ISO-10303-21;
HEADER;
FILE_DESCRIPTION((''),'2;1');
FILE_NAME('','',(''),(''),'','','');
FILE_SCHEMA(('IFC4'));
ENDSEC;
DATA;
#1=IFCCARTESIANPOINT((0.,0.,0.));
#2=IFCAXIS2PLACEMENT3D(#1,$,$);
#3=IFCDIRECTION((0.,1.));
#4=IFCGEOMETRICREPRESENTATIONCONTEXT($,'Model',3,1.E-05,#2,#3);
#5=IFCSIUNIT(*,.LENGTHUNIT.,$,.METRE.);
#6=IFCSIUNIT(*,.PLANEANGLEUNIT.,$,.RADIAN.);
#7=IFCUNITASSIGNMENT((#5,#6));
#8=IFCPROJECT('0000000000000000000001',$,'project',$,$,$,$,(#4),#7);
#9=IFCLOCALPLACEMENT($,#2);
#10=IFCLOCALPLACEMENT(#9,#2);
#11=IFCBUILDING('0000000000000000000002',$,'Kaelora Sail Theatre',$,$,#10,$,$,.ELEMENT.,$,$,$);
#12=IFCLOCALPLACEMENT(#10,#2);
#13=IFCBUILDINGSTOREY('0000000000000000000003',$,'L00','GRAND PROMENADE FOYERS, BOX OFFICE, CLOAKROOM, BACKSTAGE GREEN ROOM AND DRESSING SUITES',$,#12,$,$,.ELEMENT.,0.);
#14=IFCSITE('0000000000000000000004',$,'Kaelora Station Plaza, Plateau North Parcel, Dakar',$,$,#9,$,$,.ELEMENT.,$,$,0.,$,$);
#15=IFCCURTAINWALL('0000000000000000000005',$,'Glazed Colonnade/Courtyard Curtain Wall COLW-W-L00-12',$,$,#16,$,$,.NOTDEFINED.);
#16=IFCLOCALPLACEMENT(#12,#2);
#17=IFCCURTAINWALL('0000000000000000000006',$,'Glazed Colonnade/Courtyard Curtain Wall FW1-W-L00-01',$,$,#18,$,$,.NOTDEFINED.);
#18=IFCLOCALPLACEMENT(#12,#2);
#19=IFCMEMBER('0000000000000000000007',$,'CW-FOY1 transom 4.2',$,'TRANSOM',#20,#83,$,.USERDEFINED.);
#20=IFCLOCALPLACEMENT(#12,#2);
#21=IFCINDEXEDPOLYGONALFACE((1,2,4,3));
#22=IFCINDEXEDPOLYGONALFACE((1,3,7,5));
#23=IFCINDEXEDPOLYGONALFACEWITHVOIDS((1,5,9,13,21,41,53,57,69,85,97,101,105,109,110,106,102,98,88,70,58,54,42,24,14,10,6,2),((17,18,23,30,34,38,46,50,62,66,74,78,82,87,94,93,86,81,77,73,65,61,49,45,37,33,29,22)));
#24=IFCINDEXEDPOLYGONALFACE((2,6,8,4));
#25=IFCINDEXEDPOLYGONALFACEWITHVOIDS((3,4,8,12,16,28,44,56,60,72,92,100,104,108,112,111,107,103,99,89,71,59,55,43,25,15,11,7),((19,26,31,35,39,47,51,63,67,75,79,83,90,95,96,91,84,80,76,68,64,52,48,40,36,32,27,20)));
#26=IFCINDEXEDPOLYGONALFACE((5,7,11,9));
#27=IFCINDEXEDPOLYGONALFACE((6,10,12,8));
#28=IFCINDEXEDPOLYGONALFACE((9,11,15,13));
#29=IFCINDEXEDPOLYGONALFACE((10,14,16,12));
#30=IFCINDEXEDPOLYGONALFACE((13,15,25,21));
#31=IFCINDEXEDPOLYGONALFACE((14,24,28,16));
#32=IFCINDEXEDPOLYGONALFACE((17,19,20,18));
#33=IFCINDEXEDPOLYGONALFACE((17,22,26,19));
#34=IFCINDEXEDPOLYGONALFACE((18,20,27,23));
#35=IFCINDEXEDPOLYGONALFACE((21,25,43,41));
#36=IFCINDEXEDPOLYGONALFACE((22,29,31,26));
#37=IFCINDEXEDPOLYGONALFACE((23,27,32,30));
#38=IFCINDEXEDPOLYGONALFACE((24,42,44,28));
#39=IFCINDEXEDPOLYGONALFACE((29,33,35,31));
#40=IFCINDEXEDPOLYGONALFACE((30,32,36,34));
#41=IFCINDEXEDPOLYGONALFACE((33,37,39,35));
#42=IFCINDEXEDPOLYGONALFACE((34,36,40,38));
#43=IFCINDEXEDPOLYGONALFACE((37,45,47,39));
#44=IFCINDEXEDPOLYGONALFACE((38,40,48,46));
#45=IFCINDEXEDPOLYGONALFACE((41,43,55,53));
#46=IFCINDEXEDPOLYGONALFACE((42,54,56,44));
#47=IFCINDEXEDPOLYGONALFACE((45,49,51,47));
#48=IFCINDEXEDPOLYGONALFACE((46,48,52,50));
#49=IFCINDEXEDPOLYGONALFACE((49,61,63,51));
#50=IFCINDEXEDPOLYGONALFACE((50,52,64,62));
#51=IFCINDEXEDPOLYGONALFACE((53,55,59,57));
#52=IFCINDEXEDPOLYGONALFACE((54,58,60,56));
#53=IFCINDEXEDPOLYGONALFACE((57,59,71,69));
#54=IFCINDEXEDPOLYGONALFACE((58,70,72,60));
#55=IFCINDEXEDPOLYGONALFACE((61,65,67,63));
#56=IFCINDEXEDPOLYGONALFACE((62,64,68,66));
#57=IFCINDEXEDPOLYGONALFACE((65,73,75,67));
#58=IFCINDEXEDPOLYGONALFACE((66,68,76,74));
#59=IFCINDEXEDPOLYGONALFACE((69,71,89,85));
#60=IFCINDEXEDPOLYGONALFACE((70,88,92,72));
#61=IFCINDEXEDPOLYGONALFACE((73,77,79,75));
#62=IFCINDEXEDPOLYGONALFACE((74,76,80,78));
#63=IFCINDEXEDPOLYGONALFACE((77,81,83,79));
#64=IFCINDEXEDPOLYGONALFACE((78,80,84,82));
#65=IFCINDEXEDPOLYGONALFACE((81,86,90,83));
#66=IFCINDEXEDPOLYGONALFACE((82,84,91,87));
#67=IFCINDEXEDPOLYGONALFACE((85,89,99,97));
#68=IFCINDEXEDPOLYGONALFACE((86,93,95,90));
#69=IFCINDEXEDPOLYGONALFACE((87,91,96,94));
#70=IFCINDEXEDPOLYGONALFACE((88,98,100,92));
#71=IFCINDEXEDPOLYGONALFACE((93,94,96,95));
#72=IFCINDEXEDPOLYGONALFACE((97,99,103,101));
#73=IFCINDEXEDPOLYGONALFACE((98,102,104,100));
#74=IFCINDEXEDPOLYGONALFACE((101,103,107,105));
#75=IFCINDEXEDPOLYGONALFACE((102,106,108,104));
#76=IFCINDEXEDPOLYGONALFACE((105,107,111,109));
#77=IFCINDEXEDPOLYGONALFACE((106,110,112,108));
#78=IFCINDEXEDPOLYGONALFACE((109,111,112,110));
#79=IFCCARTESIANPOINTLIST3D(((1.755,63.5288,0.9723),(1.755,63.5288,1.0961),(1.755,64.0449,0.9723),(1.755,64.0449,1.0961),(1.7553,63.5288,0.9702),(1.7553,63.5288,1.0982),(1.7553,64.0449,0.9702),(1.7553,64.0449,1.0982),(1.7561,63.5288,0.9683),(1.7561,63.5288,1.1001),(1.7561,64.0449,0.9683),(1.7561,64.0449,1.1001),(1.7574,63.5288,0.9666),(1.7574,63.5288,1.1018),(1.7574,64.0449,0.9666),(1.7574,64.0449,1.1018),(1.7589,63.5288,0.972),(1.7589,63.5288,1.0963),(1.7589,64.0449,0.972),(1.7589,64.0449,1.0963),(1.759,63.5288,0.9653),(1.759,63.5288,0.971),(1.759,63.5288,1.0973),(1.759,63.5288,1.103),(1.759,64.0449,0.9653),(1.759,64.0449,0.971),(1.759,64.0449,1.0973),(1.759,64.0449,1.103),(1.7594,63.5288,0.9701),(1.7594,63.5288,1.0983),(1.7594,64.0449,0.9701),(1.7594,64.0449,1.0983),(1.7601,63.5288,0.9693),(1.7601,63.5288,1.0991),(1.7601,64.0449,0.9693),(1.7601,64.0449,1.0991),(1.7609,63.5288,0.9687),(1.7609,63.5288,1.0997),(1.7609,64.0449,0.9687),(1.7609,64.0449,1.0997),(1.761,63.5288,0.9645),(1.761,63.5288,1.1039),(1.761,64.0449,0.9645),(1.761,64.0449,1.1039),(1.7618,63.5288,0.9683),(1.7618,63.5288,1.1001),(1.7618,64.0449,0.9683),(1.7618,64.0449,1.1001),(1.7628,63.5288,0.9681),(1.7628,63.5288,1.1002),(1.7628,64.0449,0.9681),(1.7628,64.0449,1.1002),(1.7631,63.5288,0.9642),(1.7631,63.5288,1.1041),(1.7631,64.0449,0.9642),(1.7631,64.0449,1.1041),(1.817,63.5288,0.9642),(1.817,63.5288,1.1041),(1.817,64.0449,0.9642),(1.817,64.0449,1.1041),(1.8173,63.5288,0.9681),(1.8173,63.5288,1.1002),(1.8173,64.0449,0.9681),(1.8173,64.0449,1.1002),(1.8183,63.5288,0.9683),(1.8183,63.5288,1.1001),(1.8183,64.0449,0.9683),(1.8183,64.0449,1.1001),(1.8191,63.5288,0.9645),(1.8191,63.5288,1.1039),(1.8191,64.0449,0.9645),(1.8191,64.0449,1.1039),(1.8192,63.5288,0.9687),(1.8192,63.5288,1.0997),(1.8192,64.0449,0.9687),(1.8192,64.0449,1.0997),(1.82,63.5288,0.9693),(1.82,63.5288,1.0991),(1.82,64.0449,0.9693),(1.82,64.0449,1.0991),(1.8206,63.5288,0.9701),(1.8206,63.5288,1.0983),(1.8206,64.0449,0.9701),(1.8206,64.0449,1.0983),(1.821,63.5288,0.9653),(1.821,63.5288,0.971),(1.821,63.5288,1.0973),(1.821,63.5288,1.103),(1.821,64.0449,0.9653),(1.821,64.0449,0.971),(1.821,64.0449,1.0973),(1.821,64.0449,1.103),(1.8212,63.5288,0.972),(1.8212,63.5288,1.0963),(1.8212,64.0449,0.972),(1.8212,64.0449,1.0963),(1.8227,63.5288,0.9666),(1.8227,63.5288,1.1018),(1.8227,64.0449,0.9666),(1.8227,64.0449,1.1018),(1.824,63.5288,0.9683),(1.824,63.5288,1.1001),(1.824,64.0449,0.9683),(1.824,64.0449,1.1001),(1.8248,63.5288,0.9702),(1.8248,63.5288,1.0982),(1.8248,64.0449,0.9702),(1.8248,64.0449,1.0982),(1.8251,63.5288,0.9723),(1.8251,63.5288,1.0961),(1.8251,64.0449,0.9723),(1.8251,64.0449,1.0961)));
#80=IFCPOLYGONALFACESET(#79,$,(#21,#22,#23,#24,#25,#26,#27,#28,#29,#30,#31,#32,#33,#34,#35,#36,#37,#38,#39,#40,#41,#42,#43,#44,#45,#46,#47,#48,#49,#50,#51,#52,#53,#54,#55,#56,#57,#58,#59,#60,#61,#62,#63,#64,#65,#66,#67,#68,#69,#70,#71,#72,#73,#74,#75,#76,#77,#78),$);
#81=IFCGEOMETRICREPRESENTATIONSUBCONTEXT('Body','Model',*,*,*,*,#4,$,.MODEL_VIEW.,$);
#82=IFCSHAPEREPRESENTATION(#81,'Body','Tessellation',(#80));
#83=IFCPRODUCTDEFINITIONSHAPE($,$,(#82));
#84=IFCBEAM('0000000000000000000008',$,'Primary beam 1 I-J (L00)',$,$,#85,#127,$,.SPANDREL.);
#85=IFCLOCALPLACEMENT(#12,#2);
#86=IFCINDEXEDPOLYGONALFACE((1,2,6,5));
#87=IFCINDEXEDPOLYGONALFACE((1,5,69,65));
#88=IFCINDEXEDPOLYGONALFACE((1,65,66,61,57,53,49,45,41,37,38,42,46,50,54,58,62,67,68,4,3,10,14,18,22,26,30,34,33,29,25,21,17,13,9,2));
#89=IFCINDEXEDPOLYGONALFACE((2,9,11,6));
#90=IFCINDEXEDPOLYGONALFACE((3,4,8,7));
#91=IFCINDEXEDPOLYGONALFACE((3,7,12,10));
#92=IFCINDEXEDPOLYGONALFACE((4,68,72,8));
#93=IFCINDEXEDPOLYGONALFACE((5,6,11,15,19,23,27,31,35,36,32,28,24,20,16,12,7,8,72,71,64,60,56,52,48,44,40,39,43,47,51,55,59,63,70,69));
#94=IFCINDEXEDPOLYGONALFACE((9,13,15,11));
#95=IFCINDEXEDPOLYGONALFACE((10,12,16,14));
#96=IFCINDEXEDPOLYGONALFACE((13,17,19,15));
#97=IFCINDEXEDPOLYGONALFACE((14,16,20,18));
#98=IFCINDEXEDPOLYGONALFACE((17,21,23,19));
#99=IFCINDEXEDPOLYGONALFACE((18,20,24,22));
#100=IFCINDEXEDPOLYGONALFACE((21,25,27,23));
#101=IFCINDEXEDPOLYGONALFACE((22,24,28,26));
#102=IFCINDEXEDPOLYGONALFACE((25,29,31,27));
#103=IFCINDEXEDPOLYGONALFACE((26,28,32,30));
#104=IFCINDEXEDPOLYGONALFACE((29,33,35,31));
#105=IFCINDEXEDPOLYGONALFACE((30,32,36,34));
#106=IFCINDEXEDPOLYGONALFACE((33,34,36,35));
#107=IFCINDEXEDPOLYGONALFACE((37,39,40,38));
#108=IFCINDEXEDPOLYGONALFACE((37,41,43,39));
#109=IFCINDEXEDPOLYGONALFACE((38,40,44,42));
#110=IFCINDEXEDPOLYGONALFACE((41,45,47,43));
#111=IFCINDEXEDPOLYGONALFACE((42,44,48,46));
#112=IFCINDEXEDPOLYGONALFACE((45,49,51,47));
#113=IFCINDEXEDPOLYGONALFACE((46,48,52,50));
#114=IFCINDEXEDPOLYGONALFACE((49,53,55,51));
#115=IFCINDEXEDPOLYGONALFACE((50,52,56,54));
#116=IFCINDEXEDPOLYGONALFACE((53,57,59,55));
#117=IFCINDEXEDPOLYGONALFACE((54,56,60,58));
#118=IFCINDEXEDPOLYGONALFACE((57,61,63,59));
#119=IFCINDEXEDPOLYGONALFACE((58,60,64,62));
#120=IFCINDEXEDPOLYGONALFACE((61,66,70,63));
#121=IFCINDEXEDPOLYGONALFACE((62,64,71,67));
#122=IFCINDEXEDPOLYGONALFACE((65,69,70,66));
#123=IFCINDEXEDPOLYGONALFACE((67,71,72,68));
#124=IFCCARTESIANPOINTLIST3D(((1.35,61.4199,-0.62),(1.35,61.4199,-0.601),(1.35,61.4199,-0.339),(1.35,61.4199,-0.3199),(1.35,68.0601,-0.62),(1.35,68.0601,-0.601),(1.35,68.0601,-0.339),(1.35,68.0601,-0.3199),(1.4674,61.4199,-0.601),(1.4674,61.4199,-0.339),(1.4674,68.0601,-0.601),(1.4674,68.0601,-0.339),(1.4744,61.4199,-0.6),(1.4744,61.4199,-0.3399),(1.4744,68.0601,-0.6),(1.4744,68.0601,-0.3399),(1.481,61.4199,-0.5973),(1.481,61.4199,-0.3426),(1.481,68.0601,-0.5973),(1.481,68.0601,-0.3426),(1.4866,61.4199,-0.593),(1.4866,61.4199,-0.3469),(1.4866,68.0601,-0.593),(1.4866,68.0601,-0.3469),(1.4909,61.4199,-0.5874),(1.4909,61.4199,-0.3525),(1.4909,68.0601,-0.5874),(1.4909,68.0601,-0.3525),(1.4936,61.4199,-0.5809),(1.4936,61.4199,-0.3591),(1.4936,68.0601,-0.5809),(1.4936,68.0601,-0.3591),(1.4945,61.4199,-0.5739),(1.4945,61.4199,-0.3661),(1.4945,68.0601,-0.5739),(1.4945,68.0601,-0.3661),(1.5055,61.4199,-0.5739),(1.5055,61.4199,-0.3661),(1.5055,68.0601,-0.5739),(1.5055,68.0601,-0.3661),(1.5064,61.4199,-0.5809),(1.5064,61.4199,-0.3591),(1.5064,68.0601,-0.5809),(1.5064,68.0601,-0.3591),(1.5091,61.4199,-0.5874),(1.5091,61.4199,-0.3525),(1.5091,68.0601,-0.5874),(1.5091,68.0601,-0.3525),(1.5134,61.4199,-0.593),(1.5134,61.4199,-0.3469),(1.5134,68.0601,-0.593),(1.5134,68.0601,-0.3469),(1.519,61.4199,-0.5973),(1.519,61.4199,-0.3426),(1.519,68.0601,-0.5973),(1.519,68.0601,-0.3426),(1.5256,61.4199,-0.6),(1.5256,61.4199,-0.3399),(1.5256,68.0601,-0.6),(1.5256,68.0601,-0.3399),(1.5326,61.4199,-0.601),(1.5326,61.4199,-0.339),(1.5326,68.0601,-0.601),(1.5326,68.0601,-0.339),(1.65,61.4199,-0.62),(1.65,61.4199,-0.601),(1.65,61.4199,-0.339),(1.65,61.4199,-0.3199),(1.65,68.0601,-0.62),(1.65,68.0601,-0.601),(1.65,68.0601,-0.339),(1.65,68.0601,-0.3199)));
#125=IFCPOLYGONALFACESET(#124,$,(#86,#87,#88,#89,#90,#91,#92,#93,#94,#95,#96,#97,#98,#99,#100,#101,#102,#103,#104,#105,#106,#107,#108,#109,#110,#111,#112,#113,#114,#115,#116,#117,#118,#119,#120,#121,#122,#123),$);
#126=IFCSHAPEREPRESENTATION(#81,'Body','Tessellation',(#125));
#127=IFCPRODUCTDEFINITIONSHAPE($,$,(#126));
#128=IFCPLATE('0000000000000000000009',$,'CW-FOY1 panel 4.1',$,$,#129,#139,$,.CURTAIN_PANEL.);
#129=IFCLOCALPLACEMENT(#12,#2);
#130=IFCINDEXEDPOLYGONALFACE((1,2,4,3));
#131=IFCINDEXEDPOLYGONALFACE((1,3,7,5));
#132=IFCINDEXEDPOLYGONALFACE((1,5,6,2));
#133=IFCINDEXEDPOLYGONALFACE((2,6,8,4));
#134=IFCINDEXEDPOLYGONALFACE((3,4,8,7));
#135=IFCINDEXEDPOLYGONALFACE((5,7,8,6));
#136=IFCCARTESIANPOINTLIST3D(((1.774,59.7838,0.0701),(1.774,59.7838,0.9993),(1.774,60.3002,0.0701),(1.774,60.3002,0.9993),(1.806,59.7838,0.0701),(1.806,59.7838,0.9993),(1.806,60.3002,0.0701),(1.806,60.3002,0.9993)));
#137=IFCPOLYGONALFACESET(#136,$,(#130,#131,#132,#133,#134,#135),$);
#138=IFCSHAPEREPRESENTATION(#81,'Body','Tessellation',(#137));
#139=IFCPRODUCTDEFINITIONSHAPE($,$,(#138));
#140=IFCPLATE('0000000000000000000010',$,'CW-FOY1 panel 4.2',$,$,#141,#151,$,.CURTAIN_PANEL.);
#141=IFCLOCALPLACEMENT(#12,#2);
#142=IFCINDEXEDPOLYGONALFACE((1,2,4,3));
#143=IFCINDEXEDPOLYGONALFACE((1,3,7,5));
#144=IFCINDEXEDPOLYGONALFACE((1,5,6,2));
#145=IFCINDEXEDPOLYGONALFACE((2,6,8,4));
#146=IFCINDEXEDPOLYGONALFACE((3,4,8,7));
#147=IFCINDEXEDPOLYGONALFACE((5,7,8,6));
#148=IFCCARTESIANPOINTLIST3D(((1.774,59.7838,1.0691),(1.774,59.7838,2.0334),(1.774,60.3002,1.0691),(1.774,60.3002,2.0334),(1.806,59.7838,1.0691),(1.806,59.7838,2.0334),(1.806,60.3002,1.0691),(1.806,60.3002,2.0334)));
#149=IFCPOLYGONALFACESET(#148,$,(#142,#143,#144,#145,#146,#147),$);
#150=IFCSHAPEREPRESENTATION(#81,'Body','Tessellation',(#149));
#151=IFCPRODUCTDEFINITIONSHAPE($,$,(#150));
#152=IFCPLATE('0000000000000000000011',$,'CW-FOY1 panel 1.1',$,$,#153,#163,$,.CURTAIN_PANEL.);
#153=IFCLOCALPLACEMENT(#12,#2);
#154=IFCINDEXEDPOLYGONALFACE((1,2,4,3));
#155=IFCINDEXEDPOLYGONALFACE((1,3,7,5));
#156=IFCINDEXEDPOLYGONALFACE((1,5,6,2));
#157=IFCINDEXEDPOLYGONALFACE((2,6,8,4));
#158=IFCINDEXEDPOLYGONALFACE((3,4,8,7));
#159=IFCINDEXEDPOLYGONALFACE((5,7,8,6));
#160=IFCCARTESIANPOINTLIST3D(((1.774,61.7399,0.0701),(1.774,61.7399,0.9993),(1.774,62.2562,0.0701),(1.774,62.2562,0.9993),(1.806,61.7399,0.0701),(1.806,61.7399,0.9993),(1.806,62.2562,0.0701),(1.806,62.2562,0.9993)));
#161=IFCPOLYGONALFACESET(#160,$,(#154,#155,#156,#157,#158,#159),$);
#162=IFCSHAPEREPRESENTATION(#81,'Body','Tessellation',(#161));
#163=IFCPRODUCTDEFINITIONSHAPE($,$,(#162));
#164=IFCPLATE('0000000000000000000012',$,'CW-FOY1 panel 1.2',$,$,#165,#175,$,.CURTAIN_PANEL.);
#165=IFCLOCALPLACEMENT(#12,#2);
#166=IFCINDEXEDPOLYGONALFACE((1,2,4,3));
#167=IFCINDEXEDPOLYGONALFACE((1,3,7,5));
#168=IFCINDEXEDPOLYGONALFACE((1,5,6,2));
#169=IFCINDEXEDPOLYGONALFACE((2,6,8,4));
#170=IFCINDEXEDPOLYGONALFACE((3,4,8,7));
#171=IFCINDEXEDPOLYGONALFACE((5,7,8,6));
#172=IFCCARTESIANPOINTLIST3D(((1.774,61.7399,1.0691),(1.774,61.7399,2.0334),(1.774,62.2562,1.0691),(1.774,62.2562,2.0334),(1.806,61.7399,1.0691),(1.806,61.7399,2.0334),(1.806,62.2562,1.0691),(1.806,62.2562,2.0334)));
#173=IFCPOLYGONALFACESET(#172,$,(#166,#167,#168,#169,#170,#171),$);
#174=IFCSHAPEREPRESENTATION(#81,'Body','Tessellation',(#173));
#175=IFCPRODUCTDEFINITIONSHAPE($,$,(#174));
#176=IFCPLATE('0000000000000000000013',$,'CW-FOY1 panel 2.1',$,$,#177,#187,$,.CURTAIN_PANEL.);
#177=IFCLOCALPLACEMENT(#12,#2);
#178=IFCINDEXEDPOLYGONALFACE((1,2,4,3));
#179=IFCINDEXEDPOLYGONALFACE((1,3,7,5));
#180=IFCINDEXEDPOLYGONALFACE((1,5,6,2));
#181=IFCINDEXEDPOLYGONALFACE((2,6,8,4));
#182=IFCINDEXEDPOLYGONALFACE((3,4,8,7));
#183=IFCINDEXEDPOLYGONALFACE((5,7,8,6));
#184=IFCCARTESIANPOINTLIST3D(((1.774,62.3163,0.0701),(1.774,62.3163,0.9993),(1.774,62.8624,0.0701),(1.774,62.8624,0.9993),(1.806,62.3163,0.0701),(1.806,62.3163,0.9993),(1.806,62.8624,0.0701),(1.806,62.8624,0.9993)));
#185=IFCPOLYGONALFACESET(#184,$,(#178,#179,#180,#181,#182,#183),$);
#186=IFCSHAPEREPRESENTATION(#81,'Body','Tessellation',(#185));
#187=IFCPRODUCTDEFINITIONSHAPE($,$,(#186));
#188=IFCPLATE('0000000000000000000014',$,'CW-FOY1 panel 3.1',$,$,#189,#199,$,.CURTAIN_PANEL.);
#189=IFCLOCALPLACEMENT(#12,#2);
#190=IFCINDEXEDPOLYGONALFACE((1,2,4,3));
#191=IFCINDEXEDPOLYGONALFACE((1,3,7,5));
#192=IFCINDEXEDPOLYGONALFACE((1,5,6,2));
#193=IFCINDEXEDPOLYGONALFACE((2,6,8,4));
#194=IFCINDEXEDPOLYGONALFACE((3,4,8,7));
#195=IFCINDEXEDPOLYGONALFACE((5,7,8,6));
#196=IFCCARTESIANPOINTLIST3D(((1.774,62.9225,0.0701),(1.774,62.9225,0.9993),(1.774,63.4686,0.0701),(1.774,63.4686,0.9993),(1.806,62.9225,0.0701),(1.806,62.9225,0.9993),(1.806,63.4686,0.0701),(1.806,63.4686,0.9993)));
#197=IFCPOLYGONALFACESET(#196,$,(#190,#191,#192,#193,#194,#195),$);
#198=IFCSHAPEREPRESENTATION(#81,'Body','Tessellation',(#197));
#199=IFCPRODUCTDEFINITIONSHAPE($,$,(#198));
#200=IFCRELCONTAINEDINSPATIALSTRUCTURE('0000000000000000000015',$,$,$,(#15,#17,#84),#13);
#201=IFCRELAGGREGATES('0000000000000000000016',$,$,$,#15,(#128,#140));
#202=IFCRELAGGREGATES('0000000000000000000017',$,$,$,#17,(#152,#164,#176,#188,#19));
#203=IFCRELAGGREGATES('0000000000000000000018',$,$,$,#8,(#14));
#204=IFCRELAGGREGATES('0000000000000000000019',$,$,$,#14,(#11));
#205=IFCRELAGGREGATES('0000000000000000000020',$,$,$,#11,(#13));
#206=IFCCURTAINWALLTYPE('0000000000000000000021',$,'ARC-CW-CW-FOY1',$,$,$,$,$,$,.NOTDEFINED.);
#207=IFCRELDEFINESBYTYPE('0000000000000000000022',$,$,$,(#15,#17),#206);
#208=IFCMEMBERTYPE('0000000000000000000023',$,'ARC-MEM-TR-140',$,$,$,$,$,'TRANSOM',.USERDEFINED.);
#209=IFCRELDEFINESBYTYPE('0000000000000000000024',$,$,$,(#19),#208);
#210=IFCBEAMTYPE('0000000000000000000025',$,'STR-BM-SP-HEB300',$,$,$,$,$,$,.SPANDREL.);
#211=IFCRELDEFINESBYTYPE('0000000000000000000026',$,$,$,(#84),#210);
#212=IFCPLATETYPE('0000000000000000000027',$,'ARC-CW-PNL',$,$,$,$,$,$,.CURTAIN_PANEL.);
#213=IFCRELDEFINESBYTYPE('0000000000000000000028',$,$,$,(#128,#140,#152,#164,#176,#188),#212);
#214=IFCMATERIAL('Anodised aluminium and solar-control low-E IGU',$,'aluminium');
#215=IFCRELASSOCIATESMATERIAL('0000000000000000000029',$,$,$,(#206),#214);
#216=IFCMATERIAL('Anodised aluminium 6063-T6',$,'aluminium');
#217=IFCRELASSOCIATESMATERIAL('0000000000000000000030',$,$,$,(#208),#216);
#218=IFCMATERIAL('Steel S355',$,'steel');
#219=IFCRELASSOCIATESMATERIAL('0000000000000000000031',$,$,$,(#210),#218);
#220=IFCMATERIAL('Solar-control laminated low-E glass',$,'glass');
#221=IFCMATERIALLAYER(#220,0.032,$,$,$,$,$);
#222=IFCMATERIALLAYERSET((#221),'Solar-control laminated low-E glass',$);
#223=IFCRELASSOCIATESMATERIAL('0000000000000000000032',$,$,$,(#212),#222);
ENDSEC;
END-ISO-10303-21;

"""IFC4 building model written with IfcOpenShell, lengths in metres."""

from ifc_helpers import new_model, si_unit, direction, frame, origin, origin_2d, place, context, subcontext, project, spatial, rectangle, hollow_rectangle, i_section, extrude, material, layer, layer_set, material_profile, profile_set, type_object, element, aggregate, save


model = new_model("IFC4")

# Units and contexts
model_context = context("Model", 3, precision=1e-05, world=origin(), true_north=direction((0.0, 1.0)))
body_context = subcontext(model_context, "Body", "Model", "MODEL_VIEW")
ifc_project = project(units=[si_unit("LENGTHUNIT", "METRE"), si_unit("PLANEANGLEUNIT", "RADIAN")], contexts=[model_context])

# Site, building, storey
site_placement = place(None, origin())
site = spatial("IfcSite", under=ifc_project, at=site_placement, Name="Kaelora Station Plaza, Plateau North Parcel, Dakar", CompositionType="ELEMENT", RefElevation=0.0)
building_placement = place(site_placement, origin())
building = spatial("IfcBuilding", under=site, at=building_placement, Name="Kaelora Sail Theatre", CompositionType="ELEMENT")
storey_placement = place(building_placement, origin())
storey = spatial("IfcBuildingStorey", under=building, at=storey_placement, Name="L00", Description="GRAND PROMENADE FOYERS, BOX OFFICE, CLOAKROOM, BACKSTAGE GREEN ROOM AND DRESSING SUITES", CompositionType="ELEMENT", Elevation=0.0)

# Curtain wall
ifc_material_1 = material(Name="Anodised aluminium and solar-control low-E IGU", Category="aluminium")
curtain_wall_type = type_object("IfcCurtainWallType", Name="ARC-CW-CW-FOY1", PredefinedType="NOTDEFINED", material=ifc_material_1)
curtain_wall_1_placement = place(storey_placement, origin())
curtain_wall_1 = element("IfcCurtainWall", 1, at=curtain_wall_1_placement, inside=storey, type_object=curtain_wall_type, Name="Glazed Colonnade/Courtyard Curtain Wall COLW-W-L00-12", PredefinedType="NOTDEFINED")

# Curtain wall, member
curtain_wall_2_placement = place(storey_placement, origin())
curtain_wall_2 = element("IfcCurtainWall", 2, at=curtain_wall_2_placement, inside=storey, type_object=curtain_wall_type, Name="Glazed Colonnade/Courtyard Curtain Wall FW1-W-L00-01", PredefinedType="NOTDEFINED")
ifc_material_2 = material(Name="Anodised aluminium 6063-T6", Category="aluminium")
ifc_material_profile_1 = material_profile(ifc_material_2, hollow_rectangle(XDim=0.0701, YDim=0.1399, WallThickness=0.0039, InnerFilletRadius=0.0039, OuterFilletRadius=0.0081, at=origin_2d()), Name="ALU-TRAN 70x140x4")
ifc_profile_set_1 = profile_set([ifc_material_profile_1], Name="Anodised aluminium 6063-T6")
member_type_1 = type_object("IfcMemberType", Name="ARC-MEM-TR-140", ElementType="TRANSOM", PredefinedType="USERDEFINED", material=ifc_profile_set_1)
member_1_placement = place(storey_placement, frame((1.79, 63.5288, 1.0342), z_axis=(0.0, 1.0, 0.0), x_axis=(-1.0, 0.0, 0.0)))
member_1 = element("IfcMember", 3, at=member_1_placement, type_object=member_type_1, Name="CW-FOY1 transom 4.2", ObjectType="TRANSOM", PredefinedType="USERDEFINED", context=body_context, shape_type="SweptSolid", body=[
    extrude(hollow_rectangle(XDim=0.0701, YDim=0.1399, WallThickness=0.0039, InnerFilletRadius=0.0039, OuterFilletRadius=0.0081, at=origin_2d()), origin(), (0.0, 0.0, 1.0), 0.5161),
])

# Beam
ifc_material_3 = material(Name="Steel S355", Category="steel")
ifc_material_profile_2 = material_profile(ifc_material_3, i_section(OverallWidth=0.3, OverallDepth=0.3, WebThickness=0.011, FlangeThickness=0.019, FilletRadius=0.0271, at=origin_2d()), Name="HEB 300")
ifc_profile_set_2 = profile_set([ifc_material_profile_2], Name="Steel S355")
beam_type = type_object("IfcBeamType", Name="STR-BM-SP-HEB300", PredefinedType="SPANDREL", material=ifc_profile_set_2)
beam_placement = place(storey_placement, frame((1.5, 61.4199, -0.47), z_axis=(0.0, 1.0, 0.0), x_axis=(-1.0, 0.0, 0.0)))
element("IfcBeam", 4, at=beam_placement, inside=storey, type_object=beam_type, Name="Primary beam 1 I-J (L00)", PredefinedType="SPANDREL", context=body_context, shape_type="SweptSolid", body=[
    extrude(i_section(OverallWidth=0.3, OverallDepth=0.3, WebThickness=0.011, FlangeThickness=0.019, FilletRadius=0.0271, at=origin_2d()), origin(), (0.0, 0.0, 1.0), 6.6401),
])

# Plates
ifc_material_4 = material(Name="Solar-control laminated low-E glass", Category="glass")
ifc_layer = layer(ifc_material_4, 0.032)
ifc_layer_set = layer_set([ifc_layer], Name="Solar-control laminated low-E glass")
plate_type = type_object("IfcPlateType", Name="ARC-CW-PNL", PredefinedType="CURTAIN_PANEL", material=ifc_layer_set)
plate_1_placement = place(storey_placement, frame((1.79, 60.042, 0.0701), z_axis=(0.0, 0.0, 1.0), x_axis=(0.0, 1.0, 0.0)))
plate_1 = element("IfcPlate", 5, at=plate_1_placement, type_object=plate_type, Name="CW-FOY1 panel 4.1", PredefinedType="CURTAIN_PANEL", context=body_context, shape_type="SweptSolid", body=[
    extrude(rectangle(XDim=0.5164, YDim=0.032, at=origin_2d()), origin(), (0.0, 0.0, 1.0), 0.9292),
])
plate_2_placement = place(storey_placement, frame((1.79, 60.042, 1.0691), z_axis=(0.0, 0.0, 1.0), x_axis=(0.0, 1.0, 0.0)))
plate_2 = element("IfcPlate", 6, at=plate_2_placement, type_object=plate_type, Name="CW-FOY1 panel 4.2", PredefinedType="CURTAIN_PANEL", context=body_context, shape_type="SweptSolid", body=[
    extrude(rectangle(XDim=0.5164, YDim=0.032, at=origin_2d()), origin(), (0.0, 0.0, 1.0), 0.9644),
])
aggregate(curtain_wall_1, [plate_1, plate_2])
plate_3_placement = place(storey_placement, frame((1.79, 61.998, 0.0701), z_axis=(0.0, 0.0, 1.0), x_axis=(0.0, 1.0, 0.0)))
plate_3 = element("IfcPlate", 7, at=plate_3_placement, type_object=plate_type, Name="CW-FOY1 panel 1.1", PredefinedType="CURTAIN_PANEL", context=body_context, shape_type="SweptSolid", body=[
    extrude(rectangle(XDim=0.5164, YDim=0.032, at=origin_2d()), origin(), (0.0, 0.0, 1.0), 0.9292),
])
plate_4_placement = place(storey_placement, frame((1.79, 61.998, 1.0691), z_axis=(0.0, 0.0, 1.0), x_axis=(0.0, 1.0, 0.0)))
plate_4 = element("IfcPlate", 8, at=plate_4_placement, type_object=plate_type, Name="CW-FOY1 panel 1.2", PredefinedType="CURTAIN_PANEL", context=body_context, shape_type="SweptSolid", body=[
    extrude(rectangle(XDim=0.5164, YDim=0.032, at=origin_2d()), origin(), (0.0, 0.0, 1.0), 0.9644),
])
plate_5_placement = place(storey_placement, frame((1.79, 62.5894, 0.0701), z_axis=(0.0, 0.0, 1.0), x_axis=(0.0, 1.0, 0.0)))
plate_5 = element("IfcPlate", 9, at=plate_5_placement, type_object=plate_type, Name="CW-FOY1 panel 2.1", PredefinedType="CURTAIN_PANEL", context=body_context, shape_type="SweptSolid", body=[
    extrude(rectangle(XDim=0.5461, YDim=0.032, at=origin_2d()), origin(), (0.0, 0.0, 1.0), 0.9292),
])
plate_6_placement = place(storey_placement, frame((1.79, 63.1956, 0.0701), z_axis=(0.0, 0.0, 1.0), x_axis=(0.0, 1.0, 0.0)))
plate_6 = element("IfcPlate", 10, at=plate_6_placement, type_object=plate_type, Name="CW-FOY1 panel 3.1", PredefinedType="CURTAIN_PANEL", context=body_context, shape_type="SweptSolid", body=[
    extrude(rectangle(XDim=0.5461, YDim=0.032, at=origin_2d()), origin(), (0.0, 0.0, 1.0), 0.9292),
])
aggregate(curtain_wall_2, [plate_3, plate_4, plate_5, plate_6, member_1])

save(model, "model.ifc")
